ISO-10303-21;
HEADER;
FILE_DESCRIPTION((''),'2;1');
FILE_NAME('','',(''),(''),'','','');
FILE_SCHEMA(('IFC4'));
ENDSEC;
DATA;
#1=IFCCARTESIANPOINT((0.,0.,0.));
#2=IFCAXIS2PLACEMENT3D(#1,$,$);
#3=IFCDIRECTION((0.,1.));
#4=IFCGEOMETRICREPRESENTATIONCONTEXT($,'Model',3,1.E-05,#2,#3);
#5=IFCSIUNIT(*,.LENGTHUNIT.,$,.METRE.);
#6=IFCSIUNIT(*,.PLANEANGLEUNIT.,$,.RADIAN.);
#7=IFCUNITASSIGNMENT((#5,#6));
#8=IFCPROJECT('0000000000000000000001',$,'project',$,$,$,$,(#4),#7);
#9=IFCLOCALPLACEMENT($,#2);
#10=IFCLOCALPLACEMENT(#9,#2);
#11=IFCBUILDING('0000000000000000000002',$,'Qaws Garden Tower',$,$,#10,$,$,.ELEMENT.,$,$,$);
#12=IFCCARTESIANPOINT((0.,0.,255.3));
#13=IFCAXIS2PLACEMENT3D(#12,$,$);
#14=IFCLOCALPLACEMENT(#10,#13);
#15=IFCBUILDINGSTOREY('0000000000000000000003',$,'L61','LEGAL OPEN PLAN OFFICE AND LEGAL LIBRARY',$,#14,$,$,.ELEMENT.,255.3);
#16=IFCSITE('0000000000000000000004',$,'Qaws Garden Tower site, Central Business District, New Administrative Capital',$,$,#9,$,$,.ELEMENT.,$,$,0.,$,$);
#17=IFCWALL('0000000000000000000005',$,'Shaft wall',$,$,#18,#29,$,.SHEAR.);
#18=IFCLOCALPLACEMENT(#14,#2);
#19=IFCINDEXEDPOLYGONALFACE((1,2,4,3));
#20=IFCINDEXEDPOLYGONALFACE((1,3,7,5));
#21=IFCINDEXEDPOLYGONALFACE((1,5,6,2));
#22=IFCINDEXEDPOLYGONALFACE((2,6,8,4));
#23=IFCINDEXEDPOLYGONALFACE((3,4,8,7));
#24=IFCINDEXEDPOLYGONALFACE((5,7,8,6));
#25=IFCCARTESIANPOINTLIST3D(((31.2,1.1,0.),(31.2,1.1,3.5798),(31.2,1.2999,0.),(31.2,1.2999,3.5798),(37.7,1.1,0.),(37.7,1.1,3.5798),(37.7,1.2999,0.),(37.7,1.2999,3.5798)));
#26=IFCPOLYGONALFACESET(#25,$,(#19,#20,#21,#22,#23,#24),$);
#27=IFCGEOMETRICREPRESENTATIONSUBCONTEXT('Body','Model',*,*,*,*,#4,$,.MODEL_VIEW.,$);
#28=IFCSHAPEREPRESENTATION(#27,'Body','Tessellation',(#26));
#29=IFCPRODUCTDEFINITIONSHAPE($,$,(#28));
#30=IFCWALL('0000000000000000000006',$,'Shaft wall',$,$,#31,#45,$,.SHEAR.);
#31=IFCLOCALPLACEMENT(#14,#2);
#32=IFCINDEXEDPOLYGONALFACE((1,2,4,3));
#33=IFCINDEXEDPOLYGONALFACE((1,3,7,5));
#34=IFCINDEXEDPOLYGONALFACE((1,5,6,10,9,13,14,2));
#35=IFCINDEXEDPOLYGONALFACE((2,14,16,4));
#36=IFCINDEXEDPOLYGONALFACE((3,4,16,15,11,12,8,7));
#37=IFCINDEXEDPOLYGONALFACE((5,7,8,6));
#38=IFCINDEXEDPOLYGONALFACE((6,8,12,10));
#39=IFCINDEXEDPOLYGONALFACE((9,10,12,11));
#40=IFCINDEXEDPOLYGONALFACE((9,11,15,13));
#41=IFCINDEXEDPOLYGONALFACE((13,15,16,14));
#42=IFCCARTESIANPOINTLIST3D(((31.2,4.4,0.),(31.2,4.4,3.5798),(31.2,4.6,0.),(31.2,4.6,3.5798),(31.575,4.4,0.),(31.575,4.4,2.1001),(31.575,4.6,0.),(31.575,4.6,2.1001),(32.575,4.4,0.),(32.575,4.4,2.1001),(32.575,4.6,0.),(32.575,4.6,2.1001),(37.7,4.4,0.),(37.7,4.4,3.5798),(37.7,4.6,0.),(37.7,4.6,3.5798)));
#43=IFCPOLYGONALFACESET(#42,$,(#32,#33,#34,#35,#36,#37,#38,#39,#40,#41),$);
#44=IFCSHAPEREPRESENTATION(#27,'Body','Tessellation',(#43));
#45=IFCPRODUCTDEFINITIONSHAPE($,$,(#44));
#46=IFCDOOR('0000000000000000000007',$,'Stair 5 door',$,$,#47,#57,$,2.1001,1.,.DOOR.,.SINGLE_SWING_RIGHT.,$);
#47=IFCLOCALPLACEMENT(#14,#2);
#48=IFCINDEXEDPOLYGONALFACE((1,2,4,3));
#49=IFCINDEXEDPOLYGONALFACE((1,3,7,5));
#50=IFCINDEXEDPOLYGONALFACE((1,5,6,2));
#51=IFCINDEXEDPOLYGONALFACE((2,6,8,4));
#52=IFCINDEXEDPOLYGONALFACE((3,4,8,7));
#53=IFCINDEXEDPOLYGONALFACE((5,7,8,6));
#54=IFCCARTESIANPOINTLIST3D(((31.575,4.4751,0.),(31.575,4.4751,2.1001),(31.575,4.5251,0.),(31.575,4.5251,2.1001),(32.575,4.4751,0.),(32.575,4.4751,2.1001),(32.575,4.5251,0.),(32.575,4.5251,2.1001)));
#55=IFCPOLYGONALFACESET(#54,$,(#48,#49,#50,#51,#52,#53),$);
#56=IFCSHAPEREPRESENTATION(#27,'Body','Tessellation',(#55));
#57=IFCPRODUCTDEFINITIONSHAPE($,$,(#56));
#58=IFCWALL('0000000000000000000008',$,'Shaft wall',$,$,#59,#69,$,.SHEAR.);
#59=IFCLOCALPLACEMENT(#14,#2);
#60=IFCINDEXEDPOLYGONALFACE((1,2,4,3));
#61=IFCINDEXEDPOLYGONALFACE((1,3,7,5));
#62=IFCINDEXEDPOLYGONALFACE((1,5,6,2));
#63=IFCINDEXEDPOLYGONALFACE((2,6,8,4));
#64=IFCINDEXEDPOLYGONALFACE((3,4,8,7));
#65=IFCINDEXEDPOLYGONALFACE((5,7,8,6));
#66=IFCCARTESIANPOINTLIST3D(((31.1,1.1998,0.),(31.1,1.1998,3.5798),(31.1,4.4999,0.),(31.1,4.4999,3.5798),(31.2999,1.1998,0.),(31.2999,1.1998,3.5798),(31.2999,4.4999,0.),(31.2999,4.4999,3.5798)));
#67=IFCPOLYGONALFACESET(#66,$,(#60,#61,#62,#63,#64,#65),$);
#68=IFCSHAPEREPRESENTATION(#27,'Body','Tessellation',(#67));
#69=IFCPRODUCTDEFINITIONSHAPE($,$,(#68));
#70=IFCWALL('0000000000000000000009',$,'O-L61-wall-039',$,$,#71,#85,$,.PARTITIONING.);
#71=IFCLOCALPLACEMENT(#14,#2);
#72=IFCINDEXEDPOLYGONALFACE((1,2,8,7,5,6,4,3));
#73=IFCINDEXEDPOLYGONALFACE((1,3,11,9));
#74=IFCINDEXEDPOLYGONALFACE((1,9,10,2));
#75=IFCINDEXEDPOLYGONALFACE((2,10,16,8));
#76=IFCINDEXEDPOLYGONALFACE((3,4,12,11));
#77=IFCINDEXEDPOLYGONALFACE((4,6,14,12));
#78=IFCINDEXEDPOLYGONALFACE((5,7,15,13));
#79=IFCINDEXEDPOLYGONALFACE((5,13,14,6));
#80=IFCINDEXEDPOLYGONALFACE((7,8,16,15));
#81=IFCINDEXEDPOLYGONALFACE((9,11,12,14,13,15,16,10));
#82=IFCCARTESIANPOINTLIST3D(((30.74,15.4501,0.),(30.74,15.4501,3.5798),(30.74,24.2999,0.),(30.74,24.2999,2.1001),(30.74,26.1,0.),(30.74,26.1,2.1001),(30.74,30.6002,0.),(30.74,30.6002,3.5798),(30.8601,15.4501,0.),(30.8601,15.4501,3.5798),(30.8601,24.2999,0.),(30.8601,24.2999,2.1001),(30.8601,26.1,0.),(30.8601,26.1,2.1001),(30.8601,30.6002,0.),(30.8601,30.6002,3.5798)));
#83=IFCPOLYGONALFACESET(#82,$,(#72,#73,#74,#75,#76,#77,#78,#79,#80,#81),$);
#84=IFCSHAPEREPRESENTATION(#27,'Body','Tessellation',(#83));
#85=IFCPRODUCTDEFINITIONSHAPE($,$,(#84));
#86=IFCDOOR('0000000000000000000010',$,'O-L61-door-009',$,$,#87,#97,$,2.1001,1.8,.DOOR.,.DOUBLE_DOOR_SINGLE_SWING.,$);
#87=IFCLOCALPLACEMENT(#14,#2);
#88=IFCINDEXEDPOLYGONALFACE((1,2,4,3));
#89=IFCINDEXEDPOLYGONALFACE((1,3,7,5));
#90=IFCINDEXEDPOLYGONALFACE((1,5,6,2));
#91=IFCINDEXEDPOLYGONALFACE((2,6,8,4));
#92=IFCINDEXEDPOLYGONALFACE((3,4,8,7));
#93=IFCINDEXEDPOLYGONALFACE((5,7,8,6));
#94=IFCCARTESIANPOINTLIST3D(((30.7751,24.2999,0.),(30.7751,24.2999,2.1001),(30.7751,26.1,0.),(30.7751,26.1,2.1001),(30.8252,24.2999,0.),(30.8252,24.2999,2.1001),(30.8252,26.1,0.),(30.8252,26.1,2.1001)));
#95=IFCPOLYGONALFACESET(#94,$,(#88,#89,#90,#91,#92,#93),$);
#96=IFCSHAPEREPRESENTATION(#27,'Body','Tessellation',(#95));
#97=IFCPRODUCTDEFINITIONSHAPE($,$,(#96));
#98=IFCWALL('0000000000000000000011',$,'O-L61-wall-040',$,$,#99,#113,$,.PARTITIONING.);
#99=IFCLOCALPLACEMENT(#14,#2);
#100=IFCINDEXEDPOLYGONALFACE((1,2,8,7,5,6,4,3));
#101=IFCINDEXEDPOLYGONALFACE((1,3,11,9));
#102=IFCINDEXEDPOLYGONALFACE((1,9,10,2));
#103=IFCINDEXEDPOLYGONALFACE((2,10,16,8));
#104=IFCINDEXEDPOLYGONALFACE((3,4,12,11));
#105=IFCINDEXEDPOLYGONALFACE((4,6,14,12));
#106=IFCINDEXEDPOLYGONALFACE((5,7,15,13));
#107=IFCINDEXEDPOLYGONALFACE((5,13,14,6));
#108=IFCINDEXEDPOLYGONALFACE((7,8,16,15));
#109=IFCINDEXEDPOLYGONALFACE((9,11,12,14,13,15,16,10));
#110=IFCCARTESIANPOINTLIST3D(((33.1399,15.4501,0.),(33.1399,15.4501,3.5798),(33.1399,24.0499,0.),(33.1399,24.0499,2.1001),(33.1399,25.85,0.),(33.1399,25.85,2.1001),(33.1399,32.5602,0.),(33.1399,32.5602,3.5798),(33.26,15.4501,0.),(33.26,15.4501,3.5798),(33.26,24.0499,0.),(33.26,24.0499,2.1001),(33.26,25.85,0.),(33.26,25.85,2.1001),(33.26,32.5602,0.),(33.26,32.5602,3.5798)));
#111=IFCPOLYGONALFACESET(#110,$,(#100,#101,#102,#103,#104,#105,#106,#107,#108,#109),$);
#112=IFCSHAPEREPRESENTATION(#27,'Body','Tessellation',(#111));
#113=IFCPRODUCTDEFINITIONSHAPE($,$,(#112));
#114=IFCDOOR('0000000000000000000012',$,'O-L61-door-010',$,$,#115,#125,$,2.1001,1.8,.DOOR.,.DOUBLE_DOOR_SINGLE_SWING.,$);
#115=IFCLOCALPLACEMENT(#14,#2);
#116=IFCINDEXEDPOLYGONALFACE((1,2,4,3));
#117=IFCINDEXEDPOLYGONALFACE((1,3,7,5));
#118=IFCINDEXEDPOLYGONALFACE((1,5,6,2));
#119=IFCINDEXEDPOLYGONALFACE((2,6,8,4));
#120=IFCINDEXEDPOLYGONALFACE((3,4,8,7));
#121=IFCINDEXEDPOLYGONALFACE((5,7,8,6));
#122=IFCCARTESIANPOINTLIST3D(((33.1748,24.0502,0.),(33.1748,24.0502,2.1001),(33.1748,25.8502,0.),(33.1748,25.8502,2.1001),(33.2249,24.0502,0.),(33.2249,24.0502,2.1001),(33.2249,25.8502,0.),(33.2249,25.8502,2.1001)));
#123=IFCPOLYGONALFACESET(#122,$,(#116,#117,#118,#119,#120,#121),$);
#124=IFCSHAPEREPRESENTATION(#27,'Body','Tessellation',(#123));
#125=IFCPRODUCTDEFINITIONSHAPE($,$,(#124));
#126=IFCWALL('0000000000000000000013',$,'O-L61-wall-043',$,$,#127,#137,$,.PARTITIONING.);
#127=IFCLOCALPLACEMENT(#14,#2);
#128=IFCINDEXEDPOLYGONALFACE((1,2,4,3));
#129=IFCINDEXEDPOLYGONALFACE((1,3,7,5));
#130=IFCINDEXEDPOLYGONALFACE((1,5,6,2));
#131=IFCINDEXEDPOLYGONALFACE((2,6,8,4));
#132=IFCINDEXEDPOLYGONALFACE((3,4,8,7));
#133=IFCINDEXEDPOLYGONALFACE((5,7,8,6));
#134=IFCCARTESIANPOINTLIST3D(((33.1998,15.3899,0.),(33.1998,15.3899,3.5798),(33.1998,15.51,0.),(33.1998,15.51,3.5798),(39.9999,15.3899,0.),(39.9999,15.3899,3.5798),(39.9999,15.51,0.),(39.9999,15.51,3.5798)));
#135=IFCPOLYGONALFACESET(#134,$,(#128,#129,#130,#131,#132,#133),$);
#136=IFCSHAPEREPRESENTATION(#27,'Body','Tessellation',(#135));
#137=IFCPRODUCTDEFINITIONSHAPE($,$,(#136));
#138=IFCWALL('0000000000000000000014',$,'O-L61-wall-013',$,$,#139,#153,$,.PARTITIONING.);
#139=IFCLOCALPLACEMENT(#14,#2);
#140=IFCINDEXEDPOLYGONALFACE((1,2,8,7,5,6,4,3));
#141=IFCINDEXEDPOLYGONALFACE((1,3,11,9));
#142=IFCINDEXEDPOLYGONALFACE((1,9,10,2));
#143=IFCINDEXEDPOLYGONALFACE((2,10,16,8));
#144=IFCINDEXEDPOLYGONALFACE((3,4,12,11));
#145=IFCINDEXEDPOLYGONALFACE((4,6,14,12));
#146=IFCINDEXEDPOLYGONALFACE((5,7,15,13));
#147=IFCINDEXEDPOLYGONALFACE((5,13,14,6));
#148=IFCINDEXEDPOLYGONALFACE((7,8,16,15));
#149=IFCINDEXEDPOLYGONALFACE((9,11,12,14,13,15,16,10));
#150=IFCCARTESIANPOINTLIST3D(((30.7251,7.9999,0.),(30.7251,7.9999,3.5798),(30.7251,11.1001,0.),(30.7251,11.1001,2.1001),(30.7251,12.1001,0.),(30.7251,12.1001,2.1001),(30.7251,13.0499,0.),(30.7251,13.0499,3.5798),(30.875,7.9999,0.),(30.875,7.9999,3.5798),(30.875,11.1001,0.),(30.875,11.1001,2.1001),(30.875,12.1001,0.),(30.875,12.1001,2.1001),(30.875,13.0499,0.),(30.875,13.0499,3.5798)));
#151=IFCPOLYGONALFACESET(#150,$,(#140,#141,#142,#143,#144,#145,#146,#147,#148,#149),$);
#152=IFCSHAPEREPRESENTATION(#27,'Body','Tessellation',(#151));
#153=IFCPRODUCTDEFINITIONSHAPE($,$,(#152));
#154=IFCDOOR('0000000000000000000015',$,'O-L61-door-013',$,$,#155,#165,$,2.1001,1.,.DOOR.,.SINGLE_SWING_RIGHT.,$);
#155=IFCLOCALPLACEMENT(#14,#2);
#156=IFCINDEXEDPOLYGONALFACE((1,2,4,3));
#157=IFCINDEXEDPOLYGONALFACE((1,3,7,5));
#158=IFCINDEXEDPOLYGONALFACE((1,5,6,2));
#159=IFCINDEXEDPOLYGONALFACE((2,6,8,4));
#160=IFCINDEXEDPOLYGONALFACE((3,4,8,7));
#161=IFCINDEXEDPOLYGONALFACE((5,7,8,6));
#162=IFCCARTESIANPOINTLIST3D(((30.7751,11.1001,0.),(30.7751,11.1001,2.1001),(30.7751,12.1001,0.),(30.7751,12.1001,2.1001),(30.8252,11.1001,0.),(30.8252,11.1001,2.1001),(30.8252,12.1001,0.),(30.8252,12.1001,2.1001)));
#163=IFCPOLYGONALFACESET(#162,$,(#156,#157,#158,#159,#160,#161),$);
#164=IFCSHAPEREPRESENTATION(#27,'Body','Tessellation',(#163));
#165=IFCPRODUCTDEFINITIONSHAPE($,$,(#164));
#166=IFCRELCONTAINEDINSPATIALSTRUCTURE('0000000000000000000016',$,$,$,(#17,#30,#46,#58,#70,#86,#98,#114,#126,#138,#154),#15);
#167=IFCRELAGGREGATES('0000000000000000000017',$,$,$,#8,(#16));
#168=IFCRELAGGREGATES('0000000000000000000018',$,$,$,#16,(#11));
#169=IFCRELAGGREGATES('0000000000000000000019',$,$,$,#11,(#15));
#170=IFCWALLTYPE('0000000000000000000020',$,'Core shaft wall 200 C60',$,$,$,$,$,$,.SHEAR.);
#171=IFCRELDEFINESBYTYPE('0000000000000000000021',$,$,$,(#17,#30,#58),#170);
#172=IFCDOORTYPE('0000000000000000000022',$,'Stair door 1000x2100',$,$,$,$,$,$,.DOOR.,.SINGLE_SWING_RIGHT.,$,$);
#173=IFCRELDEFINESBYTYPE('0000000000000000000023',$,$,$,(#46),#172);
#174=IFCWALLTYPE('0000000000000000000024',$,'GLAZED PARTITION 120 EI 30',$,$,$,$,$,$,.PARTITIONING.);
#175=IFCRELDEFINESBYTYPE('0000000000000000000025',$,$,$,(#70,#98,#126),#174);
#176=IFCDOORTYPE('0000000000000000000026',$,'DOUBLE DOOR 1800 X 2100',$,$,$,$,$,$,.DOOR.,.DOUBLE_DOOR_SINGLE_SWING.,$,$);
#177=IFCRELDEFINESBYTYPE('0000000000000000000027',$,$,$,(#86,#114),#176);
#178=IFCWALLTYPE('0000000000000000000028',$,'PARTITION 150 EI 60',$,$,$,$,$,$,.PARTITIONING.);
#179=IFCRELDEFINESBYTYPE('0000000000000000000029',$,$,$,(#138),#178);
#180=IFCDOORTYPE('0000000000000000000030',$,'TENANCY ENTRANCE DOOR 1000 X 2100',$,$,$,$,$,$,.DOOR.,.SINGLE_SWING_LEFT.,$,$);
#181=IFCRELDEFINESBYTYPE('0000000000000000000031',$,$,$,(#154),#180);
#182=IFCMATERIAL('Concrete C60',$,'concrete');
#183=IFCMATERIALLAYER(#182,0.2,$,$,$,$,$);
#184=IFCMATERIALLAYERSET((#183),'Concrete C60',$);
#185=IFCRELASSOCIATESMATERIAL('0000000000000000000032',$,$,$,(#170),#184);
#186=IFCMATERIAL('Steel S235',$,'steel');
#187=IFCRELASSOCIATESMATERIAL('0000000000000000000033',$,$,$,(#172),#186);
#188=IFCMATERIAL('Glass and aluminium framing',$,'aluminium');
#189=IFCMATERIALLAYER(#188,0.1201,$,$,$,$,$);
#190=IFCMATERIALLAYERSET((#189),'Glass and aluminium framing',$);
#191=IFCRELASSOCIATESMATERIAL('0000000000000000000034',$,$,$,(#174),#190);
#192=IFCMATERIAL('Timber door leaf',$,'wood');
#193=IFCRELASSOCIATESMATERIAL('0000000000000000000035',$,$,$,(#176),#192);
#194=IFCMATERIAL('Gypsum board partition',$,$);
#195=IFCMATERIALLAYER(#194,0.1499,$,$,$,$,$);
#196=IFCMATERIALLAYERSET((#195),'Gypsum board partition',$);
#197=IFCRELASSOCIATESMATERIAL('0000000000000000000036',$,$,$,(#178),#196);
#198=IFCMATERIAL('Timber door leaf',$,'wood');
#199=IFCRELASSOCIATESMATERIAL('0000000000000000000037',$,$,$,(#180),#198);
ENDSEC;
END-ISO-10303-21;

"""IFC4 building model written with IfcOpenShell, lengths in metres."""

from ifc_helpers import new_model, si_unit, direction, frame, frame_2d, origin, place, context, subcontext, project, spatial, rectangle, extrude, material, layer, layer_set, type_object, element, fill, save


model = new_model("IFC4")

# Units and contexts
model_context = context("Model", 3, precision=1e-05, world=origin(), true_north=direction((0.0, 1.0)))
body_context = subcontext(model_context, "Body", "Model", "MODEL_VIEW")
ifc_project = project(units=[si_unit("LENGTHUNIT", "METRE"), si_unit("PLANEANGLEUNIT", "RADIAN")], contexts=[model_context])

# Site, building, storey
site_placement = place(None, origin())
site = spatial("IfcSite", under=ifc_project, at=site_placement, Name="Qaws Garden Tower site, Central Business District, New Administrative Capital", CompositionType="ELEMENT", RefElevation=0.0)
building_placement = place(site_placement, origin())
building = spatial("IfcBuilding", under=site, at=building_placement, Name="Qaws Garden Tower", CompositionType="ELEMENT")
storey_placement = place(building_placement, frame((0.0, 0.0, 255.3)))
storey = spatial("IfcBuildingStorey", under=building, at=storey_placement, Name="L61", Description="LEGAL OPEN PLAN OFFICE AND LEGAL LIBRARY", CompositionType="ELEMENT", Elevation=255.3)

# Wall
ifc_material_1 = material(Name="Concrete C60", Category="concrete")
ifc_layer_1 = layer(ifc_material_1, 0.2)
ifc_layer_set_1 = layer_set([ifc_layer_1], Name="Concrete C60")
wall_type_1 = type_object("IfcWallType", Name="Core shaft wall 200 C60", PredefinedType="SHEAR", material=ifc_layer_set_1)
wall_1_placement = place(storey_placement, frame((31.2, 1.2, 0.0), z_axis=(0.0, 0.0, 1.0), x_axis=(1.0, 0.0, 0.0)))
element("IfcWall", 1, at=wall_1_placement, inside=storey, type_object=wall_type_1, Name="Shaft wall", PredefinedType="SHEAR", context=body_context, shape_type="SweptSolid", body=[
    extrude(rectangle(XDim=6.5, YDim=0.2, at=frame_2d((3.25, 0.0))), origin(), (0.0, 0.0, 1.0), 3.5798),
])

# Wall, opening, door
wall_2_placement = place(storey_placement, frame((31.2, 4.5, 0.0), z_axis=(0.0, 0.0, 1.0), x_axis=(1.0, 0.0, 0.0)))
wall_2 = element("IfcWall", 2, at=wall_2_placement, inside=storey, type_object=wall_type_1, Name="Shaft wall", PredefinedType="SHEAR", context=body_context, shape_type="SweptSolid", body=[
    extrude(rectangle(XDim=6.5, YDim=0.2, at=frame_2d((3.25, 0.0))), origin(), (0.0, 0.0, 1.0), 3.5798),
])
opening_1_placement = place(wall_2_placement, frame((0.375, 0.0, 0.0)))
opening_1 = element("IfcOpeningElement", 3, at=opening_1_placement, cuts=wall_2, PredefinedType="OPENING", context=body_context, shape_type="SweptSolid", body=[
    extrude(rectangle(XDim=1.0, YDim=2.1001, at=frame_2d((0.5, 1.05))), frame((0.0, 0.1099, 0.0), z_axis=(0.0, -1.0, 0.0), x_axis=(1.0, 0.0, 0.0)), (0.0, 0.0, 1.0), 0.22),
])
ifc_material_2 = material(Name="Steel S235", Category="steel")
door_type_1 = type_object("IfcDoorType", Name="Stair door 1000x2100", OperationType="SINGLE_SWING_RIGHT", PredefinedType="DOOR", material=ifc_material_2)
door_1_placement = place(opening_1_placement, frame((1.0, 0.0, 0.0), z_axis=(0.0, 0.0, 1.0), x_axis=(-1.0, 0.0, 0.0)))
door_1 = element("IfcDoor", 4, at=door_1_placement, inside=storey, type_object=door_type_1, Name="Stair 5 door", OperationType="SINGLE_SWING_RIGHT", OverallHeight=2.1001, OverallWidth=1.0, PredefinedType="DOOR", context=body_context, shape_type="SweptSolid", body=[
    extrude(rectangle(XDim=1.0, YDim=2.1001, at=frame_2d((0.5, 1.05))), frame((0.0, 0.0249, 0.0), z_axis=(0.0, -1.0, 0.0), x_axis=(1.0, 0.0, 0.0)), (0.0, 0.0, 1.0), 0.05),
])
fill(opening_1, door_1)

# Wall
wall_3_placement = place(storey_placement, frame((31.2, 1.2, 0.0), z_axis=(0.0, 0.0, 1.0), x_axis=(0.0, 1.0, 0.0)))
element("IfcWall", 5, at=wall_3_placement, inside=storey, type_object=wall_type_1, Name="Shaft wall", PredefinedType="SHEAR", context=body_context, shape_type="SweptSolid", body=[
    extrude(rectangle(XDim=3.3, YDim=0.2, at=frame_2d((1.6499, 0.0))), origin(), (0.0, 0.0, 1.0), 3.5798),
])

# Walls, openings, doors
ifc_material_3 = material(Name="Glass and aluminium framing", Category="aluminium")
ifc_layer_2 = layer(ifc_material_3, 0.1201)
ifc_layer_set_2 = layer_set([ifc_layer_2], Name="Glass and aluminium framing")
wall_type_2 = type_object("IfcWallType", Name="GLAZED PARTITION 120 EI 30", PredefinedType="PARTITIONING", material=ifc_layer_set_2)
wall_4_placement = place(storey_placement, frame((30.8, 15.45, 0.0), z_axis=(0.0, 0.0, 1.0), x_axis=(0.0, 1.0, 0.0)))
wall_4 = element("IfcWall", 6, at=wall_4_placement, inside=storey, type_object=wall_type_2, Name="O-L61-wall-039", PredefinedType="PARTITIONING", context=body_context, shape_type="SweptSolid", body=[
    extrude(rectangle(XDim=15.1501, YDim=0.1201, at=frame_2d((7.5752, 0.0))), origin(), (0.0, 0.0, 1.0), 3.5798),
])
opening_2_placement = place(wall_4_placement, frame((8.8501, 0.0, 0.0)))
opening_2 = element("IfcOpeningElement", 7, at=opening_2_placement, cuts=wall_4, PredefinedType="OPENING", context=body_context, shape_type="SweptSolid", body=[
    extrude(rectangle(XDim=1.8, YDim=2.1001, at=frame_2d((0.8999, 1.05))), frame((0.0, 0.0701, 0.0), z_axis=(0.0, -1.0, 0.0), x_axis=(1.0, 0.0, 0.0)), (0.0, 0.0, 1.0), 0.1401),
])
ifc_material_4 = material(Name="Timber door leaf", Category="wood")
door_type_2 = type_object("IfcDoorType", Name="DOUBLE DOOR 1800 X 2100", OperationType="DOUBLE_DOOR_SINGLE_SWING", PredefinedType="DOOR", material=ifc_material_4)
door_2_placement = place(opening_2_placement, origin())
door_2 = element("IfcDoor", 8, at=door_2_placement, inside=storey, type_object=door_type_2, Name="O-L61-door-009", OperationType="DOUBLE_DOOR_SINGLE_SWING", OverallHeight=2.1001, OverallWidth=1.8, PredefinedType="DOOR", context=body_context, shape_type="SweptSolid", body=[
    extrude(rectangle(XDim=1.8, YDim=2.1001, at=frame_2d((0.8999, 1.05))), frame((0.0, 0.0249, 0.0), z_axis=(0.0, -1.0, 0.0), x_axis=(1.0, 0.0, 0.0)), (0.0, 0.0, 1.0), 0.05),
])
fill(opening_2, door_2)
wall_5_placement = place(storey_placement, frame((33.2, 15.45, 0.0), z_axis=(0.0, 0.0, 1.0), x_axis=(0.0, 1.0, 0.0)))
wall_5 = element("IfcWall", 9, at=wall_5_placement, inside=storey, type_object=wall_type_2, Name="O-L61-wall-040", PredefinedType="PARTITIONING", context=body_context, shape_type="SweptSolid", body=[
    extrude(rectangle(XDim=17.1101, YDim=0.1201, at=frame_2d((8.5552, 0.0))), origin(), (0.0, 0.0, 1.0), 3.5798),
])
opening_3_placement = place(wall_5_placement, frame((8.6001, 0.0, 0.0)))
opening_3 = element("IfcOpeningElement", 10, at=opening_3_placement, cuts=wall_5, PredefinedType="OPENING", context=body_context, shape_type="SweptSolid", body=[
    extrude(rectangle(XDim=1.8, YDim=2.1001, at=frame_2d((0.8999, 1.05))), frame((0.0, 0.0701, 0.0), z_axis=(0.0, -1.0, 0.0), x_axis=(1.0, 0.0, 0.0)), (0.0, 0.0, 1.0), 0.1401),
])
door_3_placement = place(opening_3_placement, frame((1.8, 0.0, 0.0), z_axis=(0.0, 0.0, 1.0), x_axis=(-1.0, 0.0, 0.0)))
door_3 = element("IfcDoor", 11, at=door_3_placement, inside=storey, type_object=door_type_2, Name="O-L61-door-010", OperationType="DOUBLE_DOOR_SINGLE_SWING", OverallHeight=2.1001, OverallWidth=1.8, PredefinedType="DOOR", context=body_context, shape_type="SweptSolid", body=[
    extrude(rectangle(XDim=1.8, YDim=2.1001, at=frame_2d((0.8999, 1.05))), frame((0.0, 0.0249, 0.0), z_axis=(0.0, -1.0, 0.0), x_axis=(1.0, 0.0, 0.0)), (0.0, 0.0, 1.0), 0.05),
])
fill(opening_3, door_3)

# Wall
wall_6_placement = place(storey_placement, frame((33.2, 15.45, 0.0), z_axis=(0.0, 0.0, 1.0), x_axis=(1.0, 0.0, 0.0)))
element("IfcWall", 12, at=wall_6_placement, inside=storey, type_object=wall_type_2, Name="O-L61-wall-043", PredefinedType="PARTITIONING", context=body_context, shape_type="SweptSolid", body=[
    extrude(rectangle(XDim=6.8, YDim=0.1201, at=frame_2d((3.3999, 0.0))), origin(), (0.0, 0.0, 1.0), 3.5798),
])

# Wall, opening, door
ifc_material_5 = material(Name="Gypsum board partition")
ifc_layer_3 = layer(ifc_material_5, 0.1499)
ifc_layer_set_3 = layer_set([ifc_layer_3], Name="Gypsum board partition")
wall_type_3 = type_object("IfcWallType", Name="PARTITION 150 EI 60", PredefinedType="PARTITIONING", material=ifc_layer_set_3)
wall_7_placement = place(storey_placement, frame((30.8, 8.0, 0.0), z_axis=(0.0, 0.0, 1.0), x_axis=(0.0, 1.0, 0.0)))
wall_7 = element("IfcWall", 13, at=wall_7_placement, inside=storey, type_object=wall_type_3, Name="O-L61-wall-013", PredefinedType="PARTITIONING", context=body_context, shape_type="SweptSolid", body=[
    extrude(rectangle(XDim=5.05, YDim=0.1499, at=frame_2d((2.5249, 0.0))), origin(), (0.0, 0.0, 1.0), 3.5798),
])
opening_4_placement = place(wall_7_placement, frame((3.1001, 0.0, 0.0)))
opening_4 = element("IfcOpeningElement", 14, at=opening_4_placement, cuts=wall_7, PredefinedType="OPENING", context=body_context, shape_type="SweptSolid", body=[
    extrude(rectangle(XDim=1.0, YDim=2.1001, at=frame_2d((0.5, 1.05))), frame((0.0, 0.085, 0.0), z_axis=(0.0, -1.0, 0.0), x_axis=(1.0, 0.0, 0.0)), (0.0, 0.0, 1.0), 0.1699),
])
ifc_material_6 = material(Name="Timber door leaf", Category="wood")
door_type_3 = type_object("IfcDoorType", Name="TENANCY ENTRANCE DOOR 1000 X 2100", OperationType="SINGLE_SWING_LEFT", PredefinedType="DOOR", material=ifc_material_6)
door_4_placement = place(opening_4_placement, origin())
door_4 = element("IfcDoor", 15, at=door_4_placement, inside=storey, type_object=door_type_3, Name="O-L61-door-013", OperationType="SINGLE_SWING_RIGHT", OverallHeight=2.1001, OverallWidth=1.0, PredefinedType="DOOR", context=body_context, shape_type="SweptSolid", body=[
    extrude(rectangle(XDim=1.0, YDim=2.1001, at=frame_2d((0.5, 1.05))), frame((0.0, 0.0249, 0.0), z_axis=(0.0, -1.0, 0.0), x_axis=(1.0, 0.0, 0.0)), (0.0, 0.0, 1.0), 0.05),
])
fill(opening_4, door_4)

save(model, "model.ifc")
